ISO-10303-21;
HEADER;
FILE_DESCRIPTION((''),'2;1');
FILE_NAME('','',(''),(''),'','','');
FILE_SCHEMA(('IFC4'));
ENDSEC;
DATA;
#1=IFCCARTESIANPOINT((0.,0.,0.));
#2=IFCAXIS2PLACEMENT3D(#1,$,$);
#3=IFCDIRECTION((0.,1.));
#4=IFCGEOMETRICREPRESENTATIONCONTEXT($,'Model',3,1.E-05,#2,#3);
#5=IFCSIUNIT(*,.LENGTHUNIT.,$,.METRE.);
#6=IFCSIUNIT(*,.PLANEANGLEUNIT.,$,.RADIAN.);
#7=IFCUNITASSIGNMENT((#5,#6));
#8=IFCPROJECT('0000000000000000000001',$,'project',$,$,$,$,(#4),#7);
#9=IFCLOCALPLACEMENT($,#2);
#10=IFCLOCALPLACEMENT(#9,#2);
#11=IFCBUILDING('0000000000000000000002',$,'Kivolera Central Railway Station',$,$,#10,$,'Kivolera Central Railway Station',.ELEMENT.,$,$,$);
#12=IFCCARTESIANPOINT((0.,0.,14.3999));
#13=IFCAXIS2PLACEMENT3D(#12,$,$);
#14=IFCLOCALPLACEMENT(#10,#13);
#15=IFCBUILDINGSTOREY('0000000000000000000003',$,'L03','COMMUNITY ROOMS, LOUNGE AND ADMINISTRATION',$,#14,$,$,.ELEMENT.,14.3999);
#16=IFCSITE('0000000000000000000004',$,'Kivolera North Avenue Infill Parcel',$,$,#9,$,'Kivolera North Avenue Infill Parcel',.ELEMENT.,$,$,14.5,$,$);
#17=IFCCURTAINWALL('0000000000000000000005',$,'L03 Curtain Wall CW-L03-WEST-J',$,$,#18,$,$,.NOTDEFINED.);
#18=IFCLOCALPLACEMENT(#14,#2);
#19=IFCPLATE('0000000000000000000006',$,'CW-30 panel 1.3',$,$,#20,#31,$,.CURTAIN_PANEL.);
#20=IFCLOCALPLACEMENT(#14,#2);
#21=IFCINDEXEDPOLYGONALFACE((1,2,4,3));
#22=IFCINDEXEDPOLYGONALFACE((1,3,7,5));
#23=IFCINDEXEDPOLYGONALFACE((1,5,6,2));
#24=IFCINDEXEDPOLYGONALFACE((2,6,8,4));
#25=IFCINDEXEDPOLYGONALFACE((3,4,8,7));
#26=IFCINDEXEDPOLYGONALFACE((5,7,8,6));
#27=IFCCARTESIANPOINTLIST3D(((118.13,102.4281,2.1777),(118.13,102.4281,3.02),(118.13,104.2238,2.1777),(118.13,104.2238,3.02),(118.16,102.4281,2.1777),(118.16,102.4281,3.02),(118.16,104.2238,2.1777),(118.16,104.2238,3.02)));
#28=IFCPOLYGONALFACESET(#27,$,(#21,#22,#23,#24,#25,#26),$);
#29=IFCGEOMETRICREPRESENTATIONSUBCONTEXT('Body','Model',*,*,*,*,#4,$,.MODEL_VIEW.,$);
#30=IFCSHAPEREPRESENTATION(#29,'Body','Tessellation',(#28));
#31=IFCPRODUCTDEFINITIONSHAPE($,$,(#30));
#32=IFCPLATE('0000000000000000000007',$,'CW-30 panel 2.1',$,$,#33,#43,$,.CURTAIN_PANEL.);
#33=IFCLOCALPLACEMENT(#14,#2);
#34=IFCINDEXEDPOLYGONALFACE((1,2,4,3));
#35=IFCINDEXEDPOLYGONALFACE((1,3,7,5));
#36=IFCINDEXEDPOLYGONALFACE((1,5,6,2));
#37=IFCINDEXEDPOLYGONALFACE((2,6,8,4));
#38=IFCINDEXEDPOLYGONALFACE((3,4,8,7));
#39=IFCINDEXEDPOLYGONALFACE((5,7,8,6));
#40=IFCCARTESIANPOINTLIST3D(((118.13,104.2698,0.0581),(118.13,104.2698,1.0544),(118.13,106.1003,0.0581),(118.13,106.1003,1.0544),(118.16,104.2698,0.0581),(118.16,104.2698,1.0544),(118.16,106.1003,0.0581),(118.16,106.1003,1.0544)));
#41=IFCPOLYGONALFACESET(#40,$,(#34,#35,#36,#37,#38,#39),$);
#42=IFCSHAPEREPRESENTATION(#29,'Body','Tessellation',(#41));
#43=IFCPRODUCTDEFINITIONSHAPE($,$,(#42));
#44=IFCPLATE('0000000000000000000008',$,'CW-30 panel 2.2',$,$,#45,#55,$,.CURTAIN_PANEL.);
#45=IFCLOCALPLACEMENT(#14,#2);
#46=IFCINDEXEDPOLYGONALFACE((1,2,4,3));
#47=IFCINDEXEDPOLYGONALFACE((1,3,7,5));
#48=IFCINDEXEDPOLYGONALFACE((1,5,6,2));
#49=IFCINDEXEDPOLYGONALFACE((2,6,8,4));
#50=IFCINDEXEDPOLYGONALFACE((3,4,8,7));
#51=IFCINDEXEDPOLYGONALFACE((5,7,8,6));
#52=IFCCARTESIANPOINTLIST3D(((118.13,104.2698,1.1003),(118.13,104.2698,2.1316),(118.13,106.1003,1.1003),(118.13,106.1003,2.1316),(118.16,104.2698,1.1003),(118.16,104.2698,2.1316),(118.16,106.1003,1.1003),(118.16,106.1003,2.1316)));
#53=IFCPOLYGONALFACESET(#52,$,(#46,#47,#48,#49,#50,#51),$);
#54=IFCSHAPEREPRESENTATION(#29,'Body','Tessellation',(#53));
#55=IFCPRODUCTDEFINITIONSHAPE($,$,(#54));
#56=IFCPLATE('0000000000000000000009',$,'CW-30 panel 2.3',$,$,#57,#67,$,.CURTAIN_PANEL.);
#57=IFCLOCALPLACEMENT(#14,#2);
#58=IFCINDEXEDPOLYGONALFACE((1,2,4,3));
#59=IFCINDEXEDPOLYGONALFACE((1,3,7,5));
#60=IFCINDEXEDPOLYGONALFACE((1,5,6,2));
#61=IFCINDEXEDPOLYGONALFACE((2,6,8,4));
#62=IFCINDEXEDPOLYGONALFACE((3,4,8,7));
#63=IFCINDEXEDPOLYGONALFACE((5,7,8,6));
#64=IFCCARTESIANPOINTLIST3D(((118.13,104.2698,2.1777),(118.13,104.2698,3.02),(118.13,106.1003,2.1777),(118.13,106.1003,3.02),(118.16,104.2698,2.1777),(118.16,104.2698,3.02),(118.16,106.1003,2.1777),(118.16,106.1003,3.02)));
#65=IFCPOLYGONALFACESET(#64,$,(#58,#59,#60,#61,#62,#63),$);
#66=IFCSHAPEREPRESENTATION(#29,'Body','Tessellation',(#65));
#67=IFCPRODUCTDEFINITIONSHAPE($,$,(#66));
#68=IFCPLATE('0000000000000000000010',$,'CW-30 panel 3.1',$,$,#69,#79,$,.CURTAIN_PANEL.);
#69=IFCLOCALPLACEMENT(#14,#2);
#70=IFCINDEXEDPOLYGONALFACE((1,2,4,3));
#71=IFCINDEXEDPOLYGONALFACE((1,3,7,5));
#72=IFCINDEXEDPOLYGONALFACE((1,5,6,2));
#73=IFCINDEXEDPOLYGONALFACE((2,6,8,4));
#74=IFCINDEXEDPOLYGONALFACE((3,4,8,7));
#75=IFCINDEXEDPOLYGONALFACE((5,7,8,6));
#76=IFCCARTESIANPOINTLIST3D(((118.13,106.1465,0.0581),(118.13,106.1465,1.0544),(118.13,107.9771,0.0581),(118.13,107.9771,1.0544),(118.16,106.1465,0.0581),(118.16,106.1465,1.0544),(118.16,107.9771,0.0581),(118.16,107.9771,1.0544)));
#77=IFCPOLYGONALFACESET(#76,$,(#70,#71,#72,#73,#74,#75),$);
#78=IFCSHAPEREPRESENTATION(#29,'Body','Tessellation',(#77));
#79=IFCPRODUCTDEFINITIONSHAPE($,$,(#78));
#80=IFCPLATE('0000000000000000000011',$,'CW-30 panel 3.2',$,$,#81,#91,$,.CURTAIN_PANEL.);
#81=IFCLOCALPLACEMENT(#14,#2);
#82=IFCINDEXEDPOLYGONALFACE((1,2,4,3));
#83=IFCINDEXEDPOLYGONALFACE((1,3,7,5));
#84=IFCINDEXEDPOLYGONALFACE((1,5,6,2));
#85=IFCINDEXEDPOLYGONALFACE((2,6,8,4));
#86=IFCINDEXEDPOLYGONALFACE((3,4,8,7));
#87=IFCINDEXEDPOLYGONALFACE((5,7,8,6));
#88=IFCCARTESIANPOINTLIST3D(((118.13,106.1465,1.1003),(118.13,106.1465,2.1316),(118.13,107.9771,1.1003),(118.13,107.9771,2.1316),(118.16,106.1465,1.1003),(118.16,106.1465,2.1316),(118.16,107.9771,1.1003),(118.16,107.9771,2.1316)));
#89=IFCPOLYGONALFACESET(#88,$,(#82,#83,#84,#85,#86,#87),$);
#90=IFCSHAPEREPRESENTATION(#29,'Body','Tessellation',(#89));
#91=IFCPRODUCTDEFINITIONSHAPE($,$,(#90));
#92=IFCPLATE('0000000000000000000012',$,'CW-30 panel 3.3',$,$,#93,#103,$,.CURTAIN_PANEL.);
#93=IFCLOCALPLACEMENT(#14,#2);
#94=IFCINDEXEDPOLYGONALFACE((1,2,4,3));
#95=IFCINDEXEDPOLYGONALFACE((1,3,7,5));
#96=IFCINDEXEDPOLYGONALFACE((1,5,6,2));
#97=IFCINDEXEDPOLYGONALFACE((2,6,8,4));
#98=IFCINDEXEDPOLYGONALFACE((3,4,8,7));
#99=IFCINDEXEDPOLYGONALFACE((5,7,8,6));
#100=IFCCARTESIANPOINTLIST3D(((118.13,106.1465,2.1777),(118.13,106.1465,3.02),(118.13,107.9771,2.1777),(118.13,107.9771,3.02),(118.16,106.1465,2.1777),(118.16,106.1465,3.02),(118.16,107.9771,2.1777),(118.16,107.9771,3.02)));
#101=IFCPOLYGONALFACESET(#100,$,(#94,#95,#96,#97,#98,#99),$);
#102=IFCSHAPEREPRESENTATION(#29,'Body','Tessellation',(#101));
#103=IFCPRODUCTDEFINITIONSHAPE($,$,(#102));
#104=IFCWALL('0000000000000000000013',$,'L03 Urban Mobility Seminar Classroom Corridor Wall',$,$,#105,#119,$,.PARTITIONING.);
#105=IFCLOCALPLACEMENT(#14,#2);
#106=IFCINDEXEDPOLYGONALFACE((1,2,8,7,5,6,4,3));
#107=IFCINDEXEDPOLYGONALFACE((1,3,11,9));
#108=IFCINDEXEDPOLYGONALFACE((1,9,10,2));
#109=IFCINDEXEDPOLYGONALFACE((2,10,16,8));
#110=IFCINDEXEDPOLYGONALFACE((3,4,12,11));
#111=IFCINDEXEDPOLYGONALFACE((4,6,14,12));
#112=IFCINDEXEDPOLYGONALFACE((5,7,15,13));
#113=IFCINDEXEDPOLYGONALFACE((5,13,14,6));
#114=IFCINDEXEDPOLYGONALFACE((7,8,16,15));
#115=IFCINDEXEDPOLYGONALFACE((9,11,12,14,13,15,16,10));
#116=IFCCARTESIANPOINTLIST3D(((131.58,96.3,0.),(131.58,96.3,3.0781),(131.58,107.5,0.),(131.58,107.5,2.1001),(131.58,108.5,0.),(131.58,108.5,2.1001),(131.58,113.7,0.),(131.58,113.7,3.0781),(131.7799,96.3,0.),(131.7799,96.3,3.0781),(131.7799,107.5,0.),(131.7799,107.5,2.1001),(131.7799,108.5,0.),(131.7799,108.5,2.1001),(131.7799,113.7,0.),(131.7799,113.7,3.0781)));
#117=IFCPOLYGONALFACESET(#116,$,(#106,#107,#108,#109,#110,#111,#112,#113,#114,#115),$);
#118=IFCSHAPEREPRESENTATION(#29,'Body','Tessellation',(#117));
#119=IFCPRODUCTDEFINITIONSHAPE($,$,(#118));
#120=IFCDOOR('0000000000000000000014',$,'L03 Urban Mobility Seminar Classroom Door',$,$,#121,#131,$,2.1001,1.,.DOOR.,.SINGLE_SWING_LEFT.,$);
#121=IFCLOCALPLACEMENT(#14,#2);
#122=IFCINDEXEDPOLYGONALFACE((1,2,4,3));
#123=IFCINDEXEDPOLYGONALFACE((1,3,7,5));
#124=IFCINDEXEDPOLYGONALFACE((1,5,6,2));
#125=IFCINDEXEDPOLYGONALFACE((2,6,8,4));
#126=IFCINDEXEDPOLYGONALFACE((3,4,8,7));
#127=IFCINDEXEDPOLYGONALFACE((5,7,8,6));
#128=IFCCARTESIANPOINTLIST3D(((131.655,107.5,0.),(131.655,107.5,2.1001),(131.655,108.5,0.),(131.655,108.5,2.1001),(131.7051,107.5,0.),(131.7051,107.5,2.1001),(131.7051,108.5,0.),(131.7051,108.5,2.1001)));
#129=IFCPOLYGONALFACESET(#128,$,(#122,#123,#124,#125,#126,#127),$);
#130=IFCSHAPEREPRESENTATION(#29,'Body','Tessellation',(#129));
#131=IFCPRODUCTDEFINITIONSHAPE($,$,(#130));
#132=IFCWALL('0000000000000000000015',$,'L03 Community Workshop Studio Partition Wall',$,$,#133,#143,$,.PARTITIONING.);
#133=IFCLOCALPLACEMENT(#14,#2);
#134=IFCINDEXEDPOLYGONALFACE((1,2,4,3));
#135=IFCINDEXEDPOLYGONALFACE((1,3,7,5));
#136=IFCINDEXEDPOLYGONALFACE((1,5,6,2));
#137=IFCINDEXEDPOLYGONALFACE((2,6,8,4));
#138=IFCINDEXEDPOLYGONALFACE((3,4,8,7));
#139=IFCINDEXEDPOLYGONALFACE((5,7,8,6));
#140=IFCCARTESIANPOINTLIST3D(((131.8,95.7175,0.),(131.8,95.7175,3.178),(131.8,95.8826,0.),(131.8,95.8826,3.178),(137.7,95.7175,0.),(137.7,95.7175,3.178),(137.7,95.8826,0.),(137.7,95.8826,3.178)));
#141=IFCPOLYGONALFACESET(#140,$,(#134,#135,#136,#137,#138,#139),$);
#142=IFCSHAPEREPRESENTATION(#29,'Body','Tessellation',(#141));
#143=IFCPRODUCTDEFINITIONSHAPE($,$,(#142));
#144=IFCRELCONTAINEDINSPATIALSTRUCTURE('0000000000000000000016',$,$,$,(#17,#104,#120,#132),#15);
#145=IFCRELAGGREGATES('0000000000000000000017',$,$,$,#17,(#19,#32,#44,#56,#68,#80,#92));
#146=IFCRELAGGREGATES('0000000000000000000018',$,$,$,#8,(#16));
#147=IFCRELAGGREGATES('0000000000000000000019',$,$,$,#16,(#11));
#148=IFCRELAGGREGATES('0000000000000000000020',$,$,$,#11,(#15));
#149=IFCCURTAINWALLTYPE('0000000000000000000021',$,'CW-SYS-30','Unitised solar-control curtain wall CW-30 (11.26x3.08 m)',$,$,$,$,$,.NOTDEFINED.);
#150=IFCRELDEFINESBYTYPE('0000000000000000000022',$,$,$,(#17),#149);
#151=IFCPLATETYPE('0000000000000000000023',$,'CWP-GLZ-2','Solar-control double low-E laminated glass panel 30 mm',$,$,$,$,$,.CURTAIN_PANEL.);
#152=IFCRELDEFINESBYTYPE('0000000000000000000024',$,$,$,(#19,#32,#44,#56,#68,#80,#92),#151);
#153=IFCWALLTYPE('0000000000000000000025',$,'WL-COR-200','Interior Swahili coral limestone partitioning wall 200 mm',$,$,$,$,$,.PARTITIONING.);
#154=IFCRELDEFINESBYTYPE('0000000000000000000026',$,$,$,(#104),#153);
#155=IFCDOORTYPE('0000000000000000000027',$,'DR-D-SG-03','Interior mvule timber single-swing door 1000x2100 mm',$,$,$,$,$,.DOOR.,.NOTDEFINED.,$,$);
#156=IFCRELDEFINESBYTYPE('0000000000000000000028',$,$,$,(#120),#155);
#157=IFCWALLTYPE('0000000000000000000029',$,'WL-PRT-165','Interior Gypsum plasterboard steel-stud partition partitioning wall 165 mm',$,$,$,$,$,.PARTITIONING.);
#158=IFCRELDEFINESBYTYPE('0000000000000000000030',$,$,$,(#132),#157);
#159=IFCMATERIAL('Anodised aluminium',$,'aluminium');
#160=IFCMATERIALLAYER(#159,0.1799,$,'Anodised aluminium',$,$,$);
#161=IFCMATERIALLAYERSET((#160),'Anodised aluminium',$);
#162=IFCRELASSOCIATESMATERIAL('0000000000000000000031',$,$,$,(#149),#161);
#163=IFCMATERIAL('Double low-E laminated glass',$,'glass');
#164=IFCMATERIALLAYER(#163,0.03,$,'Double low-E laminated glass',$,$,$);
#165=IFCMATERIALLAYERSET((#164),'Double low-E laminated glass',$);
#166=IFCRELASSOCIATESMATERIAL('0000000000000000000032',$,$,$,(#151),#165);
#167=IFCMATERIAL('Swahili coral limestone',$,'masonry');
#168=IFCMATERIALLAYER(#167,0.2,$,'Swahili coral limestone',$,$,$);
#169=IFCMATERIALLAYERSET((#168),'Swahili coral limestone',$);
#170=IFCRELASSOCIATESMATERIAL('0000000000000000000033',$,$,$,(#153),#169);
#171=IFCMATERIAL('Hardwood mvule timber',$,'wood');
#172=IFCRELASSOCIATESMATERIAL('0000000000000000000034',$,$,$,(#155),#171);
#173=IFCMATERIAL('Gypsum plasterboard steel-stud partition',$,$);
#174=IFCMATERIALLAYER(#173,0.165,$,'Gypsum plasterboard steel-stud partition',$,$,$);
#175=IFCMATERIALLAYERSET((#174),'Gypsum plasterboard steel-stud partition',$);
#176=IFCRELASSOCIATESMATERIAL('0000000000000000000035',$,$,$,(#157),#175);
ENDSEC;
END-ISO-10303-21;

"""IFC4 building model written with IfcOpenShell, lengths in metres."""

from ifc_helpers import new_model, si_unit, direction, frame, frame_2d, origin, origin_2d, place, context, subcontext, project, spatial, rectangle, extrude, material, layer, layer_set, type_object, element, fill, aggregate, save


model = new_model("IFC4")

# Units and contexts
model_context = context("Model", 3, precision=1e-05, world=origin(), true_north=direction((0.0, 1.0)))
body_context = subcontext(model_context, "Body", "Model", "MODEL_VIEW")
ifc_project = project(units=[si_unit("LENGTHUNIT", "METRE"), si_unit("PLANEANGLEUNIT", "RADIAN")], contexts=[model_context])

# Site, building, storey
site_placement = place(None, origin())
site = spatial("IfcSite", under=ifc_project, at=site_placement, Name="Kivolera North Avenue Infill Parcel", LongName="Kivolera North Avenue Infill Parcel", CompositionType="ELEMENT", RefElevation=14.5)
building_placement = place(site_placement, origin())
building = spatial("IfcBuilding", under=site, at=building_placement, Name="Kivolera Central Railway Station", LongName="Kivolera Central Railway Station", CompositionType="ELEMENT")
storey_placement = place(building_placement, frame((0.0, 0.0, 14.3999)))
storey = spatial("IfcBuildingStorey", under=building, at=storey_placement, Name="L03", Description="COMMUNITY ROOMS, LOUNGE AND ADMINISTRATION", CompositionType="ELEMENT", Elevation=14.3999)

# Curtain wall
ifc_material_1 = material(Name="Anodised aluminium", Category="aluminium")
ifc_layer_1 = layer(ifc_material_1, 0.1799, Name="Anodised aluminium")
ifc_layer_set_1 = layer_set([ifc_layer_1], Name="Anodised aluminium")
curtain_wall_type = type_object("IfcCurtainWallType", Name="CW-SYS-30", Description="Unitised solar-control curtain wall CW-30 (11.26x3.08 m)", PredefinedType="NOTDEFINED", material=ifc_layer_set_1)
curtain_wall_1_placement = place(storey_placement, origin())
curtain_wall_1 = element("IfcCurtainWall", 1, at=curtain_wall_1_placement, inside=storey, type_object=curtain_wall_type, Name="L03 Curtain Wall CW-L03-WEST-J", PredefinedType="NOTDEFINED")

# Shared definitions
ifc_material_2 = material(Name="Double low-E laminated glass", Category="glass")
ifc_layer_2 = layer(ifc_material_2, 0.03, Name="Double low-E laminated glass")
ifc_layer_set_2 = layer_set([ifc_layer_2], Name="Double low-E laminated glass")
plate_type = type_object("IfcPlateType", Name="CWP-GLZ-2", Description="Solar-control double low-E laminated glass panel 30 mm", PredefinedType="CURTAIN_PANEL", material=ifc_layer_set_2)

# Plates
plate_1_placement = place(storey_placement, frame((118.145, 103.3259, 2.1777), z_axis=(0.0, 0.0, 1.0), x_axis=(0.0, 1.0, 0.0)))
plate_1 = element("IfcPlate", 2, at=plate_1_placement, type_object=plate_type, Name="CW-30 panel 1.3", PredefinedType="CURTAIN_PANEL", context=body_context, shape_type="SweptSolid", body=[
    extrude(rectangle(XDim=1.7957, YDim=0.03, at=origin_2d()), origin(), (0.0, 0.0, 1.0), 0.8423),
])
plate_2_placement = place(storey_placement, frame((118.145, 105.1851, 0.0581), z_axis=(0.0, 0.0, 1.0), x_axis=(0.0, 1.0, 0.0)))
plate_2 = element("IfcPlate", 3, at=plate_2_placement, type_object=plate_type, Name="CW-30 panel 2.1", PredefinedType="CURTAIN_PANEL", context=body_context, shape_type="SweptSolid", body=[
    extrude(rectangle(XDim=1.8306, YDim=0.03, at=origin_2d()), origin(), (0.0, 0.0, 1.0), 0.9963),
])
plate_3_placement = place(storey_placement, frame((118.145, 105.1851, 1.1003), z_axis=(0.0, 0.0, 1.0), x_axis=(0.0, 1.0, 0.0)))
plate_3 = element("IfcPlate", 4, at=plate_3_placement, type_object=plate_type, Name="CW-30 panel 2.2", PredefinedType="CURTAIN_PANEL", context=body_context, shape_type="SweptSolid", body=[
    extrude(rectangle(XDim=1.8306, YDim=0.03, at=origin_2d()), origin(), (0.0, 0.0, 1.0), 1.0312),
])
plate_4_placement = place(storey_placement, frame((118.145, 105.1851, 2.1777), z_axis=(0.0, 0.0, 1.0), x_axis=(0.0, 1.0, 0.0)))
plate_4 = element("IfcPlate", 5, at=plate_4_placement, type_object=plate_type, Name="CW-30 panel 2.3", PredefinedType="CURTAIN_PANEL", context=body_context, shape_type="SweptSolid", body=[
    extrude(rectangle(XDim=1.8306, YDim=0.03, at=origin_2d()), origin(), (0.0, 0.0, 1.0), 0.8423),
])
plate_5_placement = place(storey_placement, frame((118.145, 107.0618, 0.0581), z_axis=(0.0, 0.0, 1.0), x_axis=(0.0, 1.0, 0.0)))
plate_5 = element("IfcPlate", 6, at=plate_5_placement, type_object=plate_type, Name="CW-30 panel 3.1", PredefinedType="CURTAIN_PANEL", context=body_context, shape_type="SweptSolid", body=[
    extrude(rectangle(XDim=1.8306, YDim=0.03, at=origin_2d()), origin(), (0.0, 0.0, 1.0), 0.9963),
])
plate_6_placement = place(storey_placement, frame((118.145, 107.0618, 1.1003), z_axis=(0.0, 0.0, 1.0), x_axis=(0.0, 1.0, 0.0)))
plate_6 = element("IfcPlate", 7, at=plate_6_placement, type_object=plate_type, Name="CW-30 panel 3.2", PredefinedType="CURTAIN_PANEL", context=body_context, shape_type="SweptSolid", body=[
    extrude(rectangle(XDim=1.8306, YDim=0.03, at=origin_2d()), origin(), (0.0, 0.0, 1.0), 1.0312),
])
plate_7_placement = place(storey_placement, frame((118.145, 107.0618, 2.1777), z_axis=(0.0, 0.0, 1.0), x_axis=(0.0, 1.0, 0.0)))
plate_7 = element("IfcPlate", 8, at=plate_7_placement, type_object=plate_type, Name="CW-30 panel 3.3", PredefinedType="CURTAIN_PANEL", context=body_context, shape_type="SweptSolid", body=[
    extrude(rectangle(XDim=1.8306, YDim=0.03, at=origin_2d()), origin(), (0.0, 0.0, 1.0), 0.8423),
])
aggregate(curtain_wall_1, [plate_1, plate_2, plate_3, plate_4, plate_5, plate_6, plate_7])

# Wall, opening, door
ifc_material_3 = material(Name="Swahili coral limestone", Category="masonry")
ifc_layer_3 = layer(ifc_material_3, 0.2, Name="Swahili coral limestone")
ifc_layer_set_3 = layer_set([ifc_layer_3], Name="Swahili coral limestone")
wall_type_1 = type_object("IfcWallType", Name="WL-COR-200", Description="Interior Swahili coral limestone partitioning wall 200 mm", PredefinedType="PARTITIONING", material=ifc_layer_set_3)
wall_1_placement = place(storey_placement, frame((131.6799, 96.3, 0.0), z_axis=(0.0, 0.0, 1.0), x_axis=(0.0, 1.0, 0.0)))
wall_1 = element("IfcWall", 9, at=wall_1_placement, inside=storey, type_object=wall_type_1, Name="L03 Urban Mobility Seminar Classroom Corridor Wall", PredefinedType="PARTITIONING", context=body_context, shape_type="SweptSolid", body=[
    extrude(rectangle(XDim=17.3999, YDim=0.2, at=frame_2d((8.7, 0.0))), origin(), (0.0, 0.0, 1.0), 3.0781),
])
opening_placement = place(wall_1_placement, frame((11.2, 0.0, 0.0)))
opening = element("IfcOpeningElement", 10, at=opening_placement, cuts=wall_1, PredefinedType="OPENING", context=body_context, shape_type="SweptSolid", body=[
    extrude(rectangle(XDim=1.0, YDim=2.1001, at=frame_2d((0.5, 1.05))), frame((0.0, 0.1099, 0.0), z_axis=(0.0, -1.0, 0.0), x_axis=(1.0, 0.0, 0.0)), (0.0, 0.0, 1.0), 0.22),
])
ifc_material_4 = material(Name="Hardwood mvule timber", Category="wood")
door_type = type_object("IfcDoorType", Name="DR-D-SG-03", Description="Interior mvule timber single-swing door 1000x2100 mm", OperationType="NOTDEFINED", PredefinedType="DOOR", material=ifc_material_4)
door_placement = place(opening_placement, origin())
door = element("IfcDoor", 11, at=door_placement, inside=storey, type_object=door_type, Name="L03 Urban Mobility Seminar Classroom Door", OperationType="SINGLE_SWING_LEFT", OverallHeight=2.1001, OverallWidth=1.0, PredefinedType="DOOR", context=body_context, shape_type="SweptSolid", body=[
    extrude(rectangle(XDim=1.0, YDim=2.1001, at=frame_2d((0.5, 1.05))), frame((0.0, 0.0249, 0.0), z_axis=(0.0, -1.0, 0.0), x_axis=(1.0, 0.0, 0.0)), (0.0, 0.0, 1.0), 0.05),
])
fill(opening, door)

# Wall
ifc_material_5 = material(Name="Gypsum plasterboard steel-stud partition")
ifc_layer_4 = layer(ifc_material_5, 0.165, Name="Gypsum plasterboard steel-stud partition")
ifc_layer_set_4 = layer_set([ifc_layer_4], Name="Gypsum plasterboard steel-stud partition")
wall_type_2 = type_object("IfcWallType", Name="WL-PRT-165", Description="Interior Gypsum plasterboard steel-stud partition partitioning wall 165 mm", PredefinedType="PARTITIONING", material=ifc_layer_set_4)
wall_2_placement = place(storey_placement, frame((131.8, 95.8, 0.0), z_axis=(0.0, 0.0, 1.0), x_axis=(1.0, 0.0, 0.0)))
element("IfcWall", 12, at=wall_2_placement, inside=storey, type_object=wall_type_2, Name="L03 Community Workshop Studio Partition Wall", PredefinedType="PARTITIONING", context=body_context, shape_type="SweptSolid", body=[
    extrude(rectangle(XDim=5.8999, YDim=0.165, at=frame_2d((2.95, 0.0))), origin(), (0.0, 0.0, 1.0), 3.178),
])

save(model, "model.ifc")
